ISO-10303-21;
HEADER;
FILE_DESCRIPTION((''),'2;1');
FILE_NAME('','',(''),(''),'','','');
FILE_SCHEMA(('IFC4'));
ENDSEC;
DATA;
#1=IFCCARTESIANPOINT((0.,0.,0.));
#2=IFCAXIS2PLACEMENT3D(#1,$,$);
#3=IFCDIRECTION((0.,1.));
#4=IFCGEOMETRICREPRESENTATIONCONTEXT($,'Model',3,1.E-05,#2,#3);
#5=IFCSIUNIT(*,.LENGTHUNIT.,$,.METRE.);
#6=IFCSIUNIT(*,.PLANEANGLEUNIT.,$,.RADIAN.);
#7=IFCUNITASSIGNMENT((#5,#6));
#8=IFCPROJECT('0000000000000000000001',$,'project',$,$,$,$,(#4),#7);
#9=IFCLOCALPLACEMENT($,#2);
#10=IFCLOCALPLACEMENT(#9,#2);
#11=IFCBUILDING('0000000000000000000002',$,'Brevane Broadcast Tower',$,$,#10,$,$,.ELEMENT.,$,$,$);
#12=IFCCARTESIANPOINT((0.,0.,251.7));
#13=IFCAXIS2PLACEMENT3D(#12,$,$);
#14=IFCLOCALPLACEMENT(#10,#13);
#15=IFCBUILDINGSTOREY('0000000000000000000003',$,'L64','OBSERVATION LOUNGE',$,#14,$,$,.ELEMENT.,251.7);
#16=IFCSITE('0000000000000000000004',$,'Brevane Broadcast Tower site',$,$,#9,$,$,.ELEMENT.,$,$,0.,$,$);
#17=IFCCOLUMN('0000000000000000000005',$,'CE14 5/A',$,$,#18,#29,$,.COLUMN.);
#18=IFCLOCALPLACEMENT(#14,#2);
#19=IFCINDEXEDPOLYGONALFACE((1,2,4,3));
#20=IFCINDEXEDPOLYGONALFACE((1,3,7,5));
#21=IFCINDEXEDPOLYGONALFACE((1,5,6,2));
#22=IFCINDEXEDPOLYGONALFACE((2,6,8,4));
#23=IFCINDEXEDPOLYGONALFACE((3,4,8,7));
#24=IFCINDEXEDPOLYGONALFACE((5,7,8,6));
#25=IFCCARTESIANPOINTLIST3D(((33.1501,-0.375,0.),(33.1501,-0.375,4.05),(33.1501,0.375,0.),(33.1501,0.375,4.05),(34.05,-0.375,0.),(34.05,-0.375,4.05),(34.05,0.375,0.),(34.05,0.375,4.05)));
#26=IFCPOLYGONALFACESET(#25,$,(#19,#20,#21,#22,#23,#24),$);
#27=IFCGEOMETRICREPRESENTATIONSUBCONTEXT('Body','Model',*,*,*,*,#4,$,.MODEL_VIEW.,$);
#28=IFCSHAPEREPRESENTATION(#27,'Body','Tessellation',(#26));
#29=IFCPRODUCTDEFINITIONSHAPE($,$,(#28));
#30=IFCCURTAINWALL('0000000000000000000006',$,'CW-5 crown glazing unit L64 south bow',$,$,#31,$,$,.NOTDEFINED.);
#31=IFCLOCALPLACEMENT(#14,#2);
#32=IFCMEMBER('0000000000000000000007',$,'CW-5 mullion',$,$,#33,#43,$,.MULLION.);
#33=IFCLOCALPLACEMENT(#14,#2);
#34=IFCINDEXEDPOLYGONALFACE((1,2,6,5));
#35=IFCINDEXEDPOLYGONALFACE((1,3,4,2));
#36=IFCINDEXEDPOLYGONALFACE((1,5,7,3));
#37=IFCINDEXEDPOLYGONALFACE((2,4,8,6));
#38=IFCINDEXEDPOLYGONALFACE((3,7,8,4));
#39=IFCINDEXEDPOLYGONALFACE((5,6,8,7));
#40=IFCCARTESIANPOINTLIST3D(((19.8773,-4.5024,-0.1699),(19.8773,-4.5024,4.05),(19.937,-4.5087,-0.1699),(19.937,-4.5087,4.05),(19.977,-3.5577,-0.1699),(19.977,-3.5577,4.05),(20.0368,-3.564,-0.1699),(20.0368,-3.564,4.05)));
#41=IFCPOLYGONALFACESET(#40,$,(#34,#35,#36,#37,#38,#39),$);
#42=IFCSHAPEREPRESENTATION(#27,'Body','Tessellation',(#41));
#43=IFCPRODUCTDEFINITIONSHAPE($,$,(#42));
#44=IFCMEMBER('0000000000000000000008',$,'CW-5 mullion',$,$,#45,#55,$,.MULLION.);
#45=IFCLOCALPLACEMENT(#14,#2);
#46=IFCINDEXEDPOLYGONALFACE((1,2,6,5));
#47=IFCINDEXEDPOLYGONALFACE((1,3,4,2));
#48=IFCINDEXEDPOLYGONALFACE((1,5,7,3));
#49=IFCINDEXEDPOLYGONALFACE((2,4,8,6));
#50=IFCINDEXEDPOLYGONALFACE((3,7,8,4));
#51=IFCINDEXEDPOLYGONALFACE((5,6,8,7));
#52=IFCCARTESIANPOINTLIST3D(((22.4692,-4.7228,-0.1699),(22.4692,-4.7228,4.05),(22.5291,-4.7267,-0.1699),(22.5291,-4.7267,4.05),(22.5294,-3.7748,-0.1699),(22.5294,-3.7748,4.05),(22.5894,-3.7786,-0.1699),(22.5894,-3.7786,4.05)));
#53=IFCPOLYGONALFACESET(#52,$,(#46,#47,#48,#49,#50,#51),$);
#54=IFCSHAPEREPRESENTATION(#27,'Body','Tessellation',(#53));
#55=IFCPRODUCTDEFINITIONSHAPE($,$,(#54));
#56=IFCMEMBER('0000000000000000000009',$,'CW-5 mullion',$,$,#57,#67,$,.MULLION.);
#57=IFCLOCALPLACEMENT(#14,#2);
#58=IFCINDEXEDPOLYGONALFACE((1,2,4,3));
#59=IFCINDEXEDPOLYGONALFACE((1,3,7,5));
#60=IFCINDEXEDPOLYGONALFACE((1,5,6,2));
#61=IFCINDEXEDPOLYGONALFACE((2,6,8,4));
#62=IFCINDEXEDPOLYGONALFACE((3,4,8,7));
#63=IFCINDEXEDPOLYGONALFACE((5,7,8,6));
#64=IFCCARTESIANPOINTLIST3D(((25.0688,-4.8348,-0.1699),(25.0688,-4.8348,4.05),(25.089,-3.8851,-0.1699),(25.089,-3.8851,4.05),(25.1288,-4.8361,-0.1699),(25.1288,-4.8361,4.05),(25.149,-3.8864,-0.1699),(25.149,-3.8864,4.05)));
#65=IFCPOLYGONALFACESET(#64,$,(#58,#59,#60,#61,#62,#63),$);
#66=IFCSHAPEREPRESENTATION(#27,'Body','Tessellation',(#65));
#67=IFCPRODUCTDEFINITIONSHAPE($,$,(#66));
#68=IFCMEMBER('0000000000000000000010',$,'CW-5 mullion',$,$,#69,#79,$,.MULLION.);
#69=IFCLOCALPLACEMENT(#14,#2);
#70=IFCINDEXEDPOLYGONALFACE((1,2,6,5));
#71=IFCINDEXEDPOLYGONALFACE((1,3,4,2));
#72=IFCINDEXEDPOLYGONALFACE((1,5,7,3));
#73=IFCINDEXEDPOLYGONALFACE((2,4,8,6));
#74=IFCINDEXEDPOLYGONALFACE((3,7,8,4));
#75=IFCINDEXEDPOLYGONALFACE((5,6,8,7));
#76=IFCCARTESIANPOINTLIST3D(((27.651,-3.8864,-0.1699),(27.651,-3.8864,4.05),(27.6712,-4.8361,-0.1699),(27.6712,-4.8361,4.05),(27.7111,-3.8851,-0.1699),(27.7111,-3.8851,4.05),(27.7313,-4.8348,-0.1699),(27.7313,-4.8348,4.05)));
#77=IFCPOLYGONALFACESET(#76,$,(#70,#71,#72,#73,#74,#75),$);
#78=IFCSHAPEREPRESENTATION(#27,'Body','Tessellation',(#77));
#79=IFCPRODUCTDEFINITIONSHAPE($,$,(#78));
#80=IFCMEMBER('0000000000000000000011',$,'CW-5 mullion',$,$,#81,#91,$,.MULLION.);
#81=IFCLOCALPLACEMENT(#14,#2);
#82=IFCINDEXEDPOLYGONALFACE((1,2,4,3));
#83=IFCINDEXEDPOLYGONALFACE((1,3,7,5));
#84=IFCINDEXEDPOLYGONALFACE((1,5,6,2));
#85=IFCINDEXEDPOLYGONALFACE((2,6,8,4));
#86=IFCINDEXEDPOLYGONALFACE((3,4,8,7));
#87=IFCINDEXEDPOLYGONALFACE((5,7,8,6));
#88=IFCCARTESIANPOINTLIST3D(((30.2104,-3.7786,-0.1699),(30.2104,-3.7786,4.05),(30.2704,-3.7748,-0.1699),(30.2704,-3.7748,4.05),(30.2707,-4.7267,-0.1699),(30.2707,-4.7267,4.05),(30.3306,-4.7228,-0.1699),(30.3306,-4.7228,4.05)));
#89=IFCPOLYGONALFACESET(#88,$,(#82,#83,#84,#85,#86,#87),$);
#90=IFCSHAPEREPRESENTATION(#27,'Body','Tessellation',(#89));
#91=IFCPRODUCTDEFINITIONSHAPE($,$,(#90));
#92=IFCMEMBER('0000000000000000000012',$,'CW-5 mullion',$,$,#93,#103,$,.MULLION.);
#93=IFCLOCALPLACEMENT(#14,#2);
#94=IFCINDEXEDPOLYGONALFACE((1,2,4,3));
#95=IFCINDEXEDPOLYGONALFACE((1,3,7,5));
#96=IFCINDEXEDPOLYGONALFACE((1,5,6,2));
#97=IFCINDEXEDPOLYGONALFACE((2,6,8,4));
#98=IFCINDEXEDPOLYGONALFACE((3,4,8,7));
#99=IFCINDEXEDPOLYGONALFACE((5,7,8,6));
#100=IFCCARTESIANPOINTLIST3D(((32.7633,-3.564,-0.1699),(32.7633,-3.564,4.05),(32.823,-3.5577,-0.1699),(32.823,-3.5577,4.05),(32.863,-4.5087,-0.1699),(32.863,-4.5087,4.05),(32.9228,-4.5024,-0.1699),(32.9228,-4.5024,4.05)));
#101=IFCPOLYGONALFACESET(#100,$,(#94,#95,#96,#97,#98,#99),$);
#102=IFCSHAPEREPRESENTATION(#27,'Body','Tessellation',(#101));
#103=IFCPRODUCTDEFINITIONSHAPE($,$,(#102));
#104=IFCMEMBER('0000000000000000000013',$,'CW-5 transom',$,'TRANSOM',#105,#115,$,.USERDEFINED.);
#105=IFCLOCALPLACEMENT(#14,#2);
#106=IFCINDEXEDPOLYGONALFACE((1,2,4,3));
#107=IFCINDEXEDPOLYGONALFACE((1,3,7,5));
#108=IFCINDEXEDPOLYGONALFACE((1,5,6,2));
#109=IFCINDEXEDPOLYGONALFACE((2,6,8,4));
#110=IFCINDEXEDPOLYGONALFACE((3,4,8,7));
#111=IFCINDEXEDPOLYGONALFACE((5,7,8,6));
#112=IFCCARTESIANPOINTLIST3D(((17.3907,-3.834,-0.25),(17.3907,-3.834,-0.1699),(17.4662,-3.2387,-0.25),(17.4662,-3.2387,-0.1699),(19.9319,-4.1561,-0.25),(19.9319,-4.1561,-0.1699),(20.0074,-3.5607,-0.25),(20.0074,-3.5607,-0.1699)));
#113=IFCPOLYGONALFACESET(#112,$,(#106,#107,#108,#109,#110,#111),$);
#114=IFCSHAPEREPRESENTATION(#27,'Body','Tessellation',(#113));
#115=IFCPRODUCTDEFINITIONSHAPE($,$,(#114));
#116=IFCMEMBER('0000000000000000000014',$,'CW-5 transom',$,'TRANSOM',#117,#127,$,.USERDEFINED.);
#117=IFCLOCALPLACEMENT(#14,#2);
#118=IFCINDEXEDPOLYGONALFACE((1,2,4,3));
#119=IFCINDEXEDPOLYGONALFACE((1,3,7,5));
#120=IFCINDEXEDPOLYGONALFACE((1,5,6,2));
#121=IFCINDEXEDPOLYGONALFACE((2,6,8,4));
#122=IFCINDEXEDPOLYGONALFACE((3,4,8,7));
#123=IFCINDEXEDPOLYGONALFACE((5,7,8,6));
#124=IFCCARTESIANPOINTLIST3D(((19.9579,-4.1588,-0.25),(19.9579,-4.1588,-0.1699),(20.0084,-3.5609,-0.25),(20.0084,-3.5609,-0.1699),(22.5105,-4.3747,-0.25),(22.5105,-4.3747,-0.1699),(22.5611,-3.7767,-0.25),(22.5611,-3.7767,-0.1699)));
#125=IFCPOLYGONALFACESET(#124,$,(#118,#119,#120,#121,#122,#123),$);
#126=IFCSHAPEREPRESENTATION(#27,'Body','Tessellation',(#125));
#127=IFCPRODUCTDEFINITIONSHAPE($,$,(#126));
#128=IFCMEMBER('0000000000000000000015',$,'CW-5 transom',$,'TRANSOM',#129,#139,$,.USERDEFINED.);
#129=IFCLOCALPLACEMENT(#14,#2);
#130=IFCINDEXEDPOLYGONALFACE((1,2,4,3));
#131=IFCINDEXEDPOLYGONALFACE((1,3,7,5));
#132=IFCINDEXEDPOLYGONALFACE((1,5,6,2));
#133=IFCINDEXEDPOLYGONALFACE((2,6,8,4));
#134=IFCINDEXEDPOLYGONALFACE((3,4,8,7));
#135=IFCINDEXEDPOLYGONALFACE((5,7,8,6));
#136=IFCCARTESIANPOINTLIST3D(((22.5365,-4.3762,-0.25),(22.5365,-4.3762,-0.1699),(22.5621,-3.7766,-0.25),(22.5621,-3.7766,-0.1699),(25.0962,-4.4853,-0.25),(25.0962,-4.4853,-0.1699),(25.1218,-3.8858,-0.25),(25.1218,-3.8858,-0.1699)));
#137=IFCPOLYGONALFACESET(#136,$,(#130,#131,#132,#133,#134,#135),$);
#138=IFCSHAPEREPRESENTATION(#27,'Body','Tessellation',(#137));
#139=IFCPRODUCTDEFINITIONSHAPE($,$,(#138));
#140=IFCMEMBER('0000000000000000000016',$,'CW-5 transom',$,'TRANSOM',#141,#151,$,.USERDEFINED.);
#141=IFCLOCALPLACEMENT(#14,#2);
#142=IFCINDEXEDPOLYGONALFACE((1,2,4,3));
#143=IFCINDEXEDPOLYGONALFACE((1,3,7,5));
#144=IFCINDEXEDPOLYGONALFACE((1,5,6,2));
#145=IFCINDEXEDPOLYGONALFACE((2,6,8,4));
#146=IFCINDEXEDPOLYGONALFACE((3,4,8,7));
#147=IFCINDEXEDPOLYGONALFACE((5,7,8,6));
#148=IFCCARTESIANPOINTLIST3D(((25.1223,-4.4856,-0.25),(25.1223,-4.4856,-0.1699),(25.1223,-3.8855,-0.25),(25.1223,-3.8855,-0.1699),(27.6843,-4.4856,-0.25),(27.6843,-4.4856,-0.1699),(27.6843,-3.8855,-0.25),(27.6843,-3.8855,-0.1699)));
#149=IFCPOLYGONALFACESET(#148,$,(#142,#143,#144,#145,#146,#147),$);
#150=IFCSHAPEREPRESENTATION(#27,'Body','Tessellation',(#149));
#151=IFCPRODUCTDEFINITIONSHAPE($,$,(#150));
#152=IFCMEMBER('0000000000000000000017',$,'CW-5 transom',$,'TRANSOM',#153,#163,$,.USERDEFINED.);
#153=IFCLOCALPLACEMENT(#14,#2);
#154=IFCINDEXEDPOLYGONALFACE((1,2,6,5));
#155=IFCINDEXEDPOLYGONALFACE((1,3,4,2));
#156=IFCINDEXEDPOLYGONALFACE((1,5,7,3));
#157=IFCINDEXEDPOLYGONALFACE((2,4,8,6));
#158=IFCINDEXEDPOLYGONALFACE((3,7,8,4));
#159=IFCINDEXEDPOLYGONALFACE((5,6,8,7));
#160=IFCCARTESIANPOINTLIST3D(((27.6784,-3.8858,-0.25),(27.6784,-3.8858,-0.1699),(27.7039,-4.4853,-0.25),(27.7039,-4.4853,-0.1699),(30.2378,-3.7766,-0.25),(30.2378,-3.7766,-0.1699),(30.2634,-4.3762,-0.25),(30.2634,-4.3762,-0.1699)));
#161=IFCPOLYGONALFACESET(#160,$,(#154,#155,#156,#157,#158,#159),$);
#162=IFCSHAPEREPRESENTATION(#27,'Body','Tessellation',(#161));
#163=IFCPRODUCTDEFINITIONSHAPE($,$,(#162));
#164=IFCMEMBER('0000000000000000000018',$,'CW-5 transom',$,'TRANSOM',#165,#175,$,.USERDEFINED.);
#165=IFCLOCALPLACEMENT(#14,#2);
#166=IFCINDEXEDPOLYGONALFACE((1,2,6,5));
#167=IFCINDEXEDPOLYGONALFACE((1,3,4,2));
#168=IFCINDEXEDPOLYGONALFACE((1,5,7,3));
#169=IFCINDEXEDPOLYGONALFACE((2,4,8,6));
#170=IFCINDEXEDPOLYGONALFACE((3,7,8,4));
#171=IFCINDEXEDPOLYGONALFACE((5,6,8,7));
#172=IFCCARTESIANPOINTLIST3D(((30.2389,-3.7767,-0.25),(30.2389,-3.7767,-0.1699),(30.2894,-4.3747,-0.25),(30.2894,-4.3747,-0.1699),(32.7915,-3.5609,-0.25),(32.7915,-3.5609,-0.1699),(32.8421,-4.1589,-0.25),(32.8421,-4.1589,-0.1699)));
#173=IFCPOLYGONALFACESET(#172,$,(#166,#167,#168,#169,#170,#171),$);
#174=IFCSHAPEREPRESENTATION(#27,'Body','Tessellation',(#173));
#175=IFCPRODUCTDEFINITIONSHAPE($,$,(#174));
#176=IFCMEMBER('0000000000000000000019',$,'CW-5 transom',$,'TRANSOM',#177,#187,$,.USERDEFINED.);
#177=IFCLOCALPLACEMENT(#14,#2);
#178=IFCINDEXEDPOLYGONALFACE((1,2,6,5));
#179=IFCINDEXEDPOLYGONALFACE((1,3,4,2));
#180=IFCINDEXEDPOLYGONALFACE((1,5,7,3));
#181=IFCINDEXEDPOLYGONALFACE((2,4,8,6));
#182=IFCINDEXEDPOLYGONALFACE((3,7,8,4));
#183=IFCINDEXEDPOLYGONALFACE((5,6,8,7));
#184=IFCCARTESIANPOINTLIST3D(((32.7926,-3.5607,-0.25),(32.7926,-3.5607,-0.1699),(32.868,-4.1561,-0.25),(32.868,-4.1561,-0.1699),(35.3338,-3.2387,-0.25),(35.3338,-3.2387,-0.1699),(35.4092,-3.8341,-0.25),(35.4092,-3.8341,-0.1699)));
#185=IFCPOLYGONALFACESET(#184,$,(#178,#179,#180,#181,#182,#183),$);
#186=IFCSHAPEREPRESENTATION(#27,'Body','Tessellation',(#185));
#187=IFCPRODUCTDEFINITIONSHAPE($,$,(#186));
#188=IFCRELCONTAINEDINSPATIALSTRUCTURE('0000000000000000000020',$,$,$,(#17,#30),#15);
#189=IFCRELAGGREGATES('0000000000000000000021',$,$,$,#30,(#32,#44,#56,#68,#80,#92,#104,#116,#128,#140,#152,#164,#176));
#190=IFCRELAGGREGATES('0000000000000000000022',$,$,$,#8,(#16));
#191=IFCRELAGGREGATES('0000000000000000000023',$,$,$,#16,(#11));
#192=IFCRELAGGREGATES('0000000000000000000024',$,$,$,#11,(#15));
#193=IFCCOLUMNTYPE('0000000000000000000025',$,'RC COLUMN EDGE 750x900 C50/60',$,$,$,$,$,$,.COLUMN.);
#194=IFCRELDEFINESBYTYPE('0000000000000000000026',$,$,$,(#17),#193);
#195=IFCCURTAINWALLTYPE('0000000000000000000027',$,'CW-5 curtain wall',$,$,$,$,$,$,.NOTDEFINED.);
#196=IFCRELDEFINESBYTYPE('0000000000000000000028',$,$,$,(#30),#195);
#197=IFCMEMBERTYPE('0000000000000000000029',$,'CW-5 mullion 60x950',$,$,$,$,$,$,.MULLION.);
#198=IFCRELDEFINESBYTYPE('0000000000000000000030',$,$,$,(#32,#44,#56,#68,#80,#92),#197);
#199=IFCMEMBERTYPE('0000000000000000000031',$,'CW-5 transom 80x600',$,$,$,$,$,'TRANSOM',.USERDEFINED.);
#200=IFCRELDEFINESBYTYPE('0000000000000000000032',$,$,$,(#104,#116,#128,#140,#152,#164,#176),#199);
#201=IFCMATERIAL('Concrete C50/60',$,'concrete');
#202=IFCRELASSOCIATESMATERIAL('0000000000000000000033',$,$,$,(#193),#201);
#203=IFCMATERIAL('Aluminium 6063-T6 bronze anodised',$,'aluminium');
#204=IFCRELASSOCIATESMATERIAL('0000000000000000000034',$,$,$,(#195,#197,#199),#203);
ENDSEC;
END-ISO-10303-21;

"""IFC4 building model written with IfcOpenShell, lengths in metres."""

from ifc_helpers import new_model, si_unit, direction, frame, origin, origin_2d, place, context, subcontext, project, spatial, rectangle, extrude, material, material_profile, profile_set, type_object, element, aggregate, save


model = new_model("IFC4")

# Units and contexts
model_context = context("Model", 3, precision=1e-05, world=origin(), true_north=direction((0.0, 1.0)))
body_context = subcontext(model_context, "Body", "Model", "MODEL_VIEW")
ifc_project = project(units=[si_unit("LENGTHUNIT", "METRE"), si_unit("PLANEANGLEUNIT", "RADIAN")], contexts=[model_context])

# Site, building, storey
site_placement = place(None, origin())
site = spatial("IfcSite", under=ifc_project, at=site_placement, Name="Brevane Broadcast Tower site", CompositionType="ELEMENT", RefElevation=0.0)
building_placement = place(site_placement, origin())
building = spatial("IfcBuilding", under=site, at=building_placement, Name="Brevane Broadcast Tower", CompositionType="ELEMENT")
storey_placement = place(building_placement, frame((0.0, 0.0, 251.7)))
storey = spatial("IfcBuildingStorey", under=building, at=storey_placement, Name="L64", Description="OBSERVATION LOUNGE", CompositionType="ELEMENT", Elevation=251.7)

# Column
ifc_material_1 = material(Name="Concrete C50/60", Category="concrete")
ifc_material_profile_1 = material_profile(ifc_material_1, rectangle(XDim=0.75, YDim=0.8999, at=origin_2d()), Name="RC 750x900")
ifc_profile_set_1 = profile_set([ifc_material_profile_1], Name="Concrete C50/60")
column_type = type_object("IfcColumnType", Name="RC COLUMN EDGE 750x900 C50/60", PredefinedType="COLUMN", material=ifc_profile_set_1)
column_placement = place(storey_placement, frame((33.6001, 0.0, 0.0), z_axis=(0.0, 0.0, 1.0), x_axis=(0.0, 1.0, 0.0)))
element("IfcColumn", 1, at=column_placement, inside=storey, type_object=column_type, Name="CE14 5/A", PredefinedType="COLUMN", context=body_context, shape_type="SweptSolid", body=[
    extrude(rectangle(XDim=0.75, YDim=0.8999, at=origin_2d()), origin(), (0.0, 0.0, 1.0), 4.05),
])

# Curtain wall, members
ifc_material_2 = material(Name="Aluminium 6063-T6 bronze anodised", Category="aluminium")
curtain_wall_type = type_object("IfcCurtainWallType", Name="CW-5 curtain wall", PredefinedType="NOTDEFINED", material=ifc_material_2)
curtain_wall_placement = place(storey_placement, origin())
curtain_wall = element("IfcCurtainWall", 2, at=curtain_wall_placement, inside=storey, type_object=curtain_wall_type, Name="CW-5 crown glazing unit L64 south bow", PredefinedType="NOTDEFINED")
ifc_material_profile_2 = material_profile(ifc_material_2, rectangle(XDim=0.95, YDim=0.0601, at=origin_2d()), Name="RECT 60x950")
ifc_profile_set_2 = profile_set([ifc_material_profile_2], Name="Aluminium 6063-T6 bronze anodised")
member_type_1 = type_object("IfcMemberType", Name="CW-5 mullion 60x950", PredefinedType="MULLION", material=ifc_profile_set_2)
member_1_placement = place(storey_placement, frame((19.957, -4.0332, -0.1699), z_axis=(0.0, 0.0, 1.0), x_axis=(0.105018, 0.99447, 0.0)))
member_1 = element("IfcMember", 3, at=member_1_placement, type_object=member_type_1, Name="CW-5 mullion", PredefinedType="MULLION", context=body_context, shape_type="SweptSolid", body=[
    extrude(rectangle(XDim=0.95, YDim=0.0601, at=origin_2d()), origin(), (0.0, 0.0, 1.0), 4.22),
])
member_2_placement = place(storey_placement, frame((22.5293, -4.2507, -0.1699), z_axis=(0.0, 0.0, 1.0), x_axis=(0.063406, 0.997988, 0.0)))
member_2 = element("IfcMember", 4, at=member_2_placement, type_object=member_type_1, Name="CW-5 mullion", PredefinedType="MULLION", context=body_context, shape_type="SweptSolid", body=[
    extrude(rectangle(XDim=0.95, YDim=0.0601, at=origin_2d()), origin(), (0.0, 0.0, 1.0), 4.22),
])
member_3_placement = place(storey_placement, frame((25.1089, -4.3606, -0.1699), z_axis=(0.0, 0.0, 1.0), x_axis=(0.021282, 0.999774, 0.0)))
member_3 = element("IfcMember", 5, at=member_3_placement, type_object=member_type_1, Name="CW-5 mullion", PredefinedType="MULLION", context=body_context, shape_type="SweptSolid", body=[
    extrude(rectangle(XDim=0.95, YDim=0.0601, at=origin_2d()), origin(), (0.0, 0.0, 1.0), 4.22),
])
member_4_placement = place(storey_placement, frame((27.6912, -4.3606, -0.1699), z_axis=(0.0, 0.0, 1.0), x_axis=(-0.021282, 0.999774, 0.0)))
member_4 = element("IfcMember", 6, at=member_4_placement, type_object=member_type_1, Name="CW-5 mullion", PredefinedType="MULLION", context=body_context, shape_type="SweptSolid", body=[
    extrude(rectangle(XDim=0.95, YDim=0.0601, at=origin_2d()), origin(), (0.0, 0.0, 1.0), 4.22),
])
member_5_placement = place(storey_placement, frame((30.2705, -4.2507, -0.1699), z_axis=(0.0, 0.0, 1.0), x_axis=(-0.063406, 0.997988, 0.0)))
member_5 = element("IfcMember", 7, at=member_5_placement, type_object=member_type_1, Name="CW-5 mullion", PredefinedType="MULLION", context=body_context, shape_type="SweptSolid", body=[
    extrude(rectangle(XDim=0.95, YDim=0.0601, at=origin_2d()), origin(), (0.0, 0.0, 1.0), 4.22),
])
member_6_placement = place(storey_placement, frame((32.843, -4.0332, -0.1699), z_axis=(0.0, 0.0, 1.0), x_axis=(-0.105018, 0.99447, 0.0)))
member_6 = element("IfcMember", 8, at=member_6_placement, type_object=member_type_1, Name="CW-5 mullion", PredefinedType="MULLION", context=body_context, shape_type="SweptSolid", body=[
    extrude(rectangle(XDim=0.95, YDim=0.0601, at=origin_2d()), origin(), (0.0, 0.0, 1.0), 4.22),
])
ifc_material_profile_3 = material_profile(ifc_material_2, rectangle(XDim=0.6001, YDim=0.0801, at=origin_2d()), Name="RECT 80x600")
ifc_profile_set_3 = profile_set([ifc_material_profile_3], Name="Aluminium 6063-T6 bronze anodised")
member_type_2 = type_object("IfcMemberType", Name="CW-5 transom 80x600", ElementType="TRANSOM", PredefinedType="USERDEFINED", material=ifc_profile_set_3)
member_7_placement = place(storey_placement, frame((17.4285, -3.5364, -0.21), z_axis=(0.992067, -0.125712, 0.0), x_axis=(0.125712, 0.992067, 0.0)))
member_7 = element("IfcMember", 9, at=member_7_placement, type_object=member_type_2, Name="CW-5 transom", ObjectType="TRANSOM", PredefinedType="USERDEFINED", context=body_context, shape_type="SweptSolid", body=[
    extrude(rectangle(XDim=0.6001, YDim=0.0801, at=origin_2d()), origin(), (0.0, 0.0, 1.0), 2.5615),
])
member_8_placement = place(storey_placement, frame((19.9832, -3.8599, -0.21), z_axis=(0.996445, -0.084244, 0.0), x_axis=(0.084244, 0.996445, 0.0)))
member_8 = element("IfcMember", 10, at=member_8_placement, type_object=member_type_2, Name="CW-5 transom", ObjectType="TRANSOM", PredefinedType="USERDEFINED", context=body_context, shape_type="SweptSolid", body=[
    extrude(rectangle(XDim=0.6001, YDim=0.0801, at=origin_2d()), origin(), (0.0, 0.0, 1.0), 2.5618),
])
member_9_placement = place(storey_placement, frame((22.5493, -4.0764, -0.21), z_axis=(0.999092, -0.042598, 0.0), x_axis=(0.042598, 0.999092, 0.0)))
member_9 = element("IfcMember", 11, at=member_9_placement, type_object=member_type_2, Name="CW-5 transom", ObjectType="TRANSOM", PredefinedType="USERDEFINED", context=body_context, shape_type="SweptSolid", body=[
    extrude(rectangle(XDim=0.6001, YDim=0.0801, at=origin_2d()), origin(), (0.0, 0.0, 1.0), 2.562),
])
member_10_placement = place(storey_placement, frame((25.1223, -4.1855, -0.21), z_axis=(1.0, 0.0, 0.0), x_axis=(0.0, 1.0, 0.0)))
member_10 = element("IfcMember", 12, at=member_10_placement, type_object=member_type_2, Name="CW-5 transom", ObjectType="TRANSOM", PredefinedType="USERDEFINED", context=body_context, shape_type="SweptSolid", body=[
    extrude(rectangle(XDim=0.6001, YDim=0.0801, at=origin_2d()), origin(), (0.0, 0.0, 1.0), 2.562),
])
member_11_placement = place(storey_placement, frame((27.6912, -4.1855, -0.21), z_axis=(0.999092, 0.042602, 0.0), x_axis=(-0.042602, 0.999092, 0.0)))
member_11 = element("IfcMember", 13, at=member_11_placement, type_object=member_type_2, Name="CW-5 transom", ObjectType="TRANSOM", PredefinedType="USERDEFINED", context=body_context, shape_type="SweptSolid", body=[
    extrude(rectangle(XDim=0.6001, YDim=0.0801, at=origin_2d()), origin(), (0.0, 0.0, 1.0), 2.5618),
])
member_12_placement = place(storey_placement, frame((30.2642, -4.0757, -0.21), z_axis=(0.996445, 0.084244, 0.0), x_axis=(-0.084244, 0.996445, 0.0)))
member_12 = element("IfcMember", 14, at=member_12_placement, type_object=member_type_2, Name="CW-5 transom", ObjectType="TRANSOM", PredefinedType="USERDEFINED", context=body_context, shape_type="SweptSolid", body=[
    extrude(rectangle(XDim=0.6001, YDim=0.0801, at=origin_2d()), origin(), (0.0, 0.0, 1.0), 2.5618),
])
member_13_placement = place(storey_placement, frame((32.8303, -3.8584, -0.21), z_axis=(0.992067, 0.125712, 0.0), x_axis=(-0.125712, 0.992067, 0.0)))
member_13 = element("IfcMember", 15, at=member_13_placement, type_object=member_type_2, Name="CW-5 transom", ObjectType="TRANSOM", PredefinedType="USERDEFINED", context=body_context, shape_type="SweptSolid", body=[
    extrude(rectangle(XDim=0.6001, YDim=0.0801, at=origin_2d()), origin(), (0.0, 0.0, 1.0), 2.5615),
])
aggregate(curtain_wall, [member_1, member_2, member_3, member_4, member_5, member_6, member_7, member_8, member_9, member_10, member_11, member_12, member_13])

save(model, "model.ifc")
